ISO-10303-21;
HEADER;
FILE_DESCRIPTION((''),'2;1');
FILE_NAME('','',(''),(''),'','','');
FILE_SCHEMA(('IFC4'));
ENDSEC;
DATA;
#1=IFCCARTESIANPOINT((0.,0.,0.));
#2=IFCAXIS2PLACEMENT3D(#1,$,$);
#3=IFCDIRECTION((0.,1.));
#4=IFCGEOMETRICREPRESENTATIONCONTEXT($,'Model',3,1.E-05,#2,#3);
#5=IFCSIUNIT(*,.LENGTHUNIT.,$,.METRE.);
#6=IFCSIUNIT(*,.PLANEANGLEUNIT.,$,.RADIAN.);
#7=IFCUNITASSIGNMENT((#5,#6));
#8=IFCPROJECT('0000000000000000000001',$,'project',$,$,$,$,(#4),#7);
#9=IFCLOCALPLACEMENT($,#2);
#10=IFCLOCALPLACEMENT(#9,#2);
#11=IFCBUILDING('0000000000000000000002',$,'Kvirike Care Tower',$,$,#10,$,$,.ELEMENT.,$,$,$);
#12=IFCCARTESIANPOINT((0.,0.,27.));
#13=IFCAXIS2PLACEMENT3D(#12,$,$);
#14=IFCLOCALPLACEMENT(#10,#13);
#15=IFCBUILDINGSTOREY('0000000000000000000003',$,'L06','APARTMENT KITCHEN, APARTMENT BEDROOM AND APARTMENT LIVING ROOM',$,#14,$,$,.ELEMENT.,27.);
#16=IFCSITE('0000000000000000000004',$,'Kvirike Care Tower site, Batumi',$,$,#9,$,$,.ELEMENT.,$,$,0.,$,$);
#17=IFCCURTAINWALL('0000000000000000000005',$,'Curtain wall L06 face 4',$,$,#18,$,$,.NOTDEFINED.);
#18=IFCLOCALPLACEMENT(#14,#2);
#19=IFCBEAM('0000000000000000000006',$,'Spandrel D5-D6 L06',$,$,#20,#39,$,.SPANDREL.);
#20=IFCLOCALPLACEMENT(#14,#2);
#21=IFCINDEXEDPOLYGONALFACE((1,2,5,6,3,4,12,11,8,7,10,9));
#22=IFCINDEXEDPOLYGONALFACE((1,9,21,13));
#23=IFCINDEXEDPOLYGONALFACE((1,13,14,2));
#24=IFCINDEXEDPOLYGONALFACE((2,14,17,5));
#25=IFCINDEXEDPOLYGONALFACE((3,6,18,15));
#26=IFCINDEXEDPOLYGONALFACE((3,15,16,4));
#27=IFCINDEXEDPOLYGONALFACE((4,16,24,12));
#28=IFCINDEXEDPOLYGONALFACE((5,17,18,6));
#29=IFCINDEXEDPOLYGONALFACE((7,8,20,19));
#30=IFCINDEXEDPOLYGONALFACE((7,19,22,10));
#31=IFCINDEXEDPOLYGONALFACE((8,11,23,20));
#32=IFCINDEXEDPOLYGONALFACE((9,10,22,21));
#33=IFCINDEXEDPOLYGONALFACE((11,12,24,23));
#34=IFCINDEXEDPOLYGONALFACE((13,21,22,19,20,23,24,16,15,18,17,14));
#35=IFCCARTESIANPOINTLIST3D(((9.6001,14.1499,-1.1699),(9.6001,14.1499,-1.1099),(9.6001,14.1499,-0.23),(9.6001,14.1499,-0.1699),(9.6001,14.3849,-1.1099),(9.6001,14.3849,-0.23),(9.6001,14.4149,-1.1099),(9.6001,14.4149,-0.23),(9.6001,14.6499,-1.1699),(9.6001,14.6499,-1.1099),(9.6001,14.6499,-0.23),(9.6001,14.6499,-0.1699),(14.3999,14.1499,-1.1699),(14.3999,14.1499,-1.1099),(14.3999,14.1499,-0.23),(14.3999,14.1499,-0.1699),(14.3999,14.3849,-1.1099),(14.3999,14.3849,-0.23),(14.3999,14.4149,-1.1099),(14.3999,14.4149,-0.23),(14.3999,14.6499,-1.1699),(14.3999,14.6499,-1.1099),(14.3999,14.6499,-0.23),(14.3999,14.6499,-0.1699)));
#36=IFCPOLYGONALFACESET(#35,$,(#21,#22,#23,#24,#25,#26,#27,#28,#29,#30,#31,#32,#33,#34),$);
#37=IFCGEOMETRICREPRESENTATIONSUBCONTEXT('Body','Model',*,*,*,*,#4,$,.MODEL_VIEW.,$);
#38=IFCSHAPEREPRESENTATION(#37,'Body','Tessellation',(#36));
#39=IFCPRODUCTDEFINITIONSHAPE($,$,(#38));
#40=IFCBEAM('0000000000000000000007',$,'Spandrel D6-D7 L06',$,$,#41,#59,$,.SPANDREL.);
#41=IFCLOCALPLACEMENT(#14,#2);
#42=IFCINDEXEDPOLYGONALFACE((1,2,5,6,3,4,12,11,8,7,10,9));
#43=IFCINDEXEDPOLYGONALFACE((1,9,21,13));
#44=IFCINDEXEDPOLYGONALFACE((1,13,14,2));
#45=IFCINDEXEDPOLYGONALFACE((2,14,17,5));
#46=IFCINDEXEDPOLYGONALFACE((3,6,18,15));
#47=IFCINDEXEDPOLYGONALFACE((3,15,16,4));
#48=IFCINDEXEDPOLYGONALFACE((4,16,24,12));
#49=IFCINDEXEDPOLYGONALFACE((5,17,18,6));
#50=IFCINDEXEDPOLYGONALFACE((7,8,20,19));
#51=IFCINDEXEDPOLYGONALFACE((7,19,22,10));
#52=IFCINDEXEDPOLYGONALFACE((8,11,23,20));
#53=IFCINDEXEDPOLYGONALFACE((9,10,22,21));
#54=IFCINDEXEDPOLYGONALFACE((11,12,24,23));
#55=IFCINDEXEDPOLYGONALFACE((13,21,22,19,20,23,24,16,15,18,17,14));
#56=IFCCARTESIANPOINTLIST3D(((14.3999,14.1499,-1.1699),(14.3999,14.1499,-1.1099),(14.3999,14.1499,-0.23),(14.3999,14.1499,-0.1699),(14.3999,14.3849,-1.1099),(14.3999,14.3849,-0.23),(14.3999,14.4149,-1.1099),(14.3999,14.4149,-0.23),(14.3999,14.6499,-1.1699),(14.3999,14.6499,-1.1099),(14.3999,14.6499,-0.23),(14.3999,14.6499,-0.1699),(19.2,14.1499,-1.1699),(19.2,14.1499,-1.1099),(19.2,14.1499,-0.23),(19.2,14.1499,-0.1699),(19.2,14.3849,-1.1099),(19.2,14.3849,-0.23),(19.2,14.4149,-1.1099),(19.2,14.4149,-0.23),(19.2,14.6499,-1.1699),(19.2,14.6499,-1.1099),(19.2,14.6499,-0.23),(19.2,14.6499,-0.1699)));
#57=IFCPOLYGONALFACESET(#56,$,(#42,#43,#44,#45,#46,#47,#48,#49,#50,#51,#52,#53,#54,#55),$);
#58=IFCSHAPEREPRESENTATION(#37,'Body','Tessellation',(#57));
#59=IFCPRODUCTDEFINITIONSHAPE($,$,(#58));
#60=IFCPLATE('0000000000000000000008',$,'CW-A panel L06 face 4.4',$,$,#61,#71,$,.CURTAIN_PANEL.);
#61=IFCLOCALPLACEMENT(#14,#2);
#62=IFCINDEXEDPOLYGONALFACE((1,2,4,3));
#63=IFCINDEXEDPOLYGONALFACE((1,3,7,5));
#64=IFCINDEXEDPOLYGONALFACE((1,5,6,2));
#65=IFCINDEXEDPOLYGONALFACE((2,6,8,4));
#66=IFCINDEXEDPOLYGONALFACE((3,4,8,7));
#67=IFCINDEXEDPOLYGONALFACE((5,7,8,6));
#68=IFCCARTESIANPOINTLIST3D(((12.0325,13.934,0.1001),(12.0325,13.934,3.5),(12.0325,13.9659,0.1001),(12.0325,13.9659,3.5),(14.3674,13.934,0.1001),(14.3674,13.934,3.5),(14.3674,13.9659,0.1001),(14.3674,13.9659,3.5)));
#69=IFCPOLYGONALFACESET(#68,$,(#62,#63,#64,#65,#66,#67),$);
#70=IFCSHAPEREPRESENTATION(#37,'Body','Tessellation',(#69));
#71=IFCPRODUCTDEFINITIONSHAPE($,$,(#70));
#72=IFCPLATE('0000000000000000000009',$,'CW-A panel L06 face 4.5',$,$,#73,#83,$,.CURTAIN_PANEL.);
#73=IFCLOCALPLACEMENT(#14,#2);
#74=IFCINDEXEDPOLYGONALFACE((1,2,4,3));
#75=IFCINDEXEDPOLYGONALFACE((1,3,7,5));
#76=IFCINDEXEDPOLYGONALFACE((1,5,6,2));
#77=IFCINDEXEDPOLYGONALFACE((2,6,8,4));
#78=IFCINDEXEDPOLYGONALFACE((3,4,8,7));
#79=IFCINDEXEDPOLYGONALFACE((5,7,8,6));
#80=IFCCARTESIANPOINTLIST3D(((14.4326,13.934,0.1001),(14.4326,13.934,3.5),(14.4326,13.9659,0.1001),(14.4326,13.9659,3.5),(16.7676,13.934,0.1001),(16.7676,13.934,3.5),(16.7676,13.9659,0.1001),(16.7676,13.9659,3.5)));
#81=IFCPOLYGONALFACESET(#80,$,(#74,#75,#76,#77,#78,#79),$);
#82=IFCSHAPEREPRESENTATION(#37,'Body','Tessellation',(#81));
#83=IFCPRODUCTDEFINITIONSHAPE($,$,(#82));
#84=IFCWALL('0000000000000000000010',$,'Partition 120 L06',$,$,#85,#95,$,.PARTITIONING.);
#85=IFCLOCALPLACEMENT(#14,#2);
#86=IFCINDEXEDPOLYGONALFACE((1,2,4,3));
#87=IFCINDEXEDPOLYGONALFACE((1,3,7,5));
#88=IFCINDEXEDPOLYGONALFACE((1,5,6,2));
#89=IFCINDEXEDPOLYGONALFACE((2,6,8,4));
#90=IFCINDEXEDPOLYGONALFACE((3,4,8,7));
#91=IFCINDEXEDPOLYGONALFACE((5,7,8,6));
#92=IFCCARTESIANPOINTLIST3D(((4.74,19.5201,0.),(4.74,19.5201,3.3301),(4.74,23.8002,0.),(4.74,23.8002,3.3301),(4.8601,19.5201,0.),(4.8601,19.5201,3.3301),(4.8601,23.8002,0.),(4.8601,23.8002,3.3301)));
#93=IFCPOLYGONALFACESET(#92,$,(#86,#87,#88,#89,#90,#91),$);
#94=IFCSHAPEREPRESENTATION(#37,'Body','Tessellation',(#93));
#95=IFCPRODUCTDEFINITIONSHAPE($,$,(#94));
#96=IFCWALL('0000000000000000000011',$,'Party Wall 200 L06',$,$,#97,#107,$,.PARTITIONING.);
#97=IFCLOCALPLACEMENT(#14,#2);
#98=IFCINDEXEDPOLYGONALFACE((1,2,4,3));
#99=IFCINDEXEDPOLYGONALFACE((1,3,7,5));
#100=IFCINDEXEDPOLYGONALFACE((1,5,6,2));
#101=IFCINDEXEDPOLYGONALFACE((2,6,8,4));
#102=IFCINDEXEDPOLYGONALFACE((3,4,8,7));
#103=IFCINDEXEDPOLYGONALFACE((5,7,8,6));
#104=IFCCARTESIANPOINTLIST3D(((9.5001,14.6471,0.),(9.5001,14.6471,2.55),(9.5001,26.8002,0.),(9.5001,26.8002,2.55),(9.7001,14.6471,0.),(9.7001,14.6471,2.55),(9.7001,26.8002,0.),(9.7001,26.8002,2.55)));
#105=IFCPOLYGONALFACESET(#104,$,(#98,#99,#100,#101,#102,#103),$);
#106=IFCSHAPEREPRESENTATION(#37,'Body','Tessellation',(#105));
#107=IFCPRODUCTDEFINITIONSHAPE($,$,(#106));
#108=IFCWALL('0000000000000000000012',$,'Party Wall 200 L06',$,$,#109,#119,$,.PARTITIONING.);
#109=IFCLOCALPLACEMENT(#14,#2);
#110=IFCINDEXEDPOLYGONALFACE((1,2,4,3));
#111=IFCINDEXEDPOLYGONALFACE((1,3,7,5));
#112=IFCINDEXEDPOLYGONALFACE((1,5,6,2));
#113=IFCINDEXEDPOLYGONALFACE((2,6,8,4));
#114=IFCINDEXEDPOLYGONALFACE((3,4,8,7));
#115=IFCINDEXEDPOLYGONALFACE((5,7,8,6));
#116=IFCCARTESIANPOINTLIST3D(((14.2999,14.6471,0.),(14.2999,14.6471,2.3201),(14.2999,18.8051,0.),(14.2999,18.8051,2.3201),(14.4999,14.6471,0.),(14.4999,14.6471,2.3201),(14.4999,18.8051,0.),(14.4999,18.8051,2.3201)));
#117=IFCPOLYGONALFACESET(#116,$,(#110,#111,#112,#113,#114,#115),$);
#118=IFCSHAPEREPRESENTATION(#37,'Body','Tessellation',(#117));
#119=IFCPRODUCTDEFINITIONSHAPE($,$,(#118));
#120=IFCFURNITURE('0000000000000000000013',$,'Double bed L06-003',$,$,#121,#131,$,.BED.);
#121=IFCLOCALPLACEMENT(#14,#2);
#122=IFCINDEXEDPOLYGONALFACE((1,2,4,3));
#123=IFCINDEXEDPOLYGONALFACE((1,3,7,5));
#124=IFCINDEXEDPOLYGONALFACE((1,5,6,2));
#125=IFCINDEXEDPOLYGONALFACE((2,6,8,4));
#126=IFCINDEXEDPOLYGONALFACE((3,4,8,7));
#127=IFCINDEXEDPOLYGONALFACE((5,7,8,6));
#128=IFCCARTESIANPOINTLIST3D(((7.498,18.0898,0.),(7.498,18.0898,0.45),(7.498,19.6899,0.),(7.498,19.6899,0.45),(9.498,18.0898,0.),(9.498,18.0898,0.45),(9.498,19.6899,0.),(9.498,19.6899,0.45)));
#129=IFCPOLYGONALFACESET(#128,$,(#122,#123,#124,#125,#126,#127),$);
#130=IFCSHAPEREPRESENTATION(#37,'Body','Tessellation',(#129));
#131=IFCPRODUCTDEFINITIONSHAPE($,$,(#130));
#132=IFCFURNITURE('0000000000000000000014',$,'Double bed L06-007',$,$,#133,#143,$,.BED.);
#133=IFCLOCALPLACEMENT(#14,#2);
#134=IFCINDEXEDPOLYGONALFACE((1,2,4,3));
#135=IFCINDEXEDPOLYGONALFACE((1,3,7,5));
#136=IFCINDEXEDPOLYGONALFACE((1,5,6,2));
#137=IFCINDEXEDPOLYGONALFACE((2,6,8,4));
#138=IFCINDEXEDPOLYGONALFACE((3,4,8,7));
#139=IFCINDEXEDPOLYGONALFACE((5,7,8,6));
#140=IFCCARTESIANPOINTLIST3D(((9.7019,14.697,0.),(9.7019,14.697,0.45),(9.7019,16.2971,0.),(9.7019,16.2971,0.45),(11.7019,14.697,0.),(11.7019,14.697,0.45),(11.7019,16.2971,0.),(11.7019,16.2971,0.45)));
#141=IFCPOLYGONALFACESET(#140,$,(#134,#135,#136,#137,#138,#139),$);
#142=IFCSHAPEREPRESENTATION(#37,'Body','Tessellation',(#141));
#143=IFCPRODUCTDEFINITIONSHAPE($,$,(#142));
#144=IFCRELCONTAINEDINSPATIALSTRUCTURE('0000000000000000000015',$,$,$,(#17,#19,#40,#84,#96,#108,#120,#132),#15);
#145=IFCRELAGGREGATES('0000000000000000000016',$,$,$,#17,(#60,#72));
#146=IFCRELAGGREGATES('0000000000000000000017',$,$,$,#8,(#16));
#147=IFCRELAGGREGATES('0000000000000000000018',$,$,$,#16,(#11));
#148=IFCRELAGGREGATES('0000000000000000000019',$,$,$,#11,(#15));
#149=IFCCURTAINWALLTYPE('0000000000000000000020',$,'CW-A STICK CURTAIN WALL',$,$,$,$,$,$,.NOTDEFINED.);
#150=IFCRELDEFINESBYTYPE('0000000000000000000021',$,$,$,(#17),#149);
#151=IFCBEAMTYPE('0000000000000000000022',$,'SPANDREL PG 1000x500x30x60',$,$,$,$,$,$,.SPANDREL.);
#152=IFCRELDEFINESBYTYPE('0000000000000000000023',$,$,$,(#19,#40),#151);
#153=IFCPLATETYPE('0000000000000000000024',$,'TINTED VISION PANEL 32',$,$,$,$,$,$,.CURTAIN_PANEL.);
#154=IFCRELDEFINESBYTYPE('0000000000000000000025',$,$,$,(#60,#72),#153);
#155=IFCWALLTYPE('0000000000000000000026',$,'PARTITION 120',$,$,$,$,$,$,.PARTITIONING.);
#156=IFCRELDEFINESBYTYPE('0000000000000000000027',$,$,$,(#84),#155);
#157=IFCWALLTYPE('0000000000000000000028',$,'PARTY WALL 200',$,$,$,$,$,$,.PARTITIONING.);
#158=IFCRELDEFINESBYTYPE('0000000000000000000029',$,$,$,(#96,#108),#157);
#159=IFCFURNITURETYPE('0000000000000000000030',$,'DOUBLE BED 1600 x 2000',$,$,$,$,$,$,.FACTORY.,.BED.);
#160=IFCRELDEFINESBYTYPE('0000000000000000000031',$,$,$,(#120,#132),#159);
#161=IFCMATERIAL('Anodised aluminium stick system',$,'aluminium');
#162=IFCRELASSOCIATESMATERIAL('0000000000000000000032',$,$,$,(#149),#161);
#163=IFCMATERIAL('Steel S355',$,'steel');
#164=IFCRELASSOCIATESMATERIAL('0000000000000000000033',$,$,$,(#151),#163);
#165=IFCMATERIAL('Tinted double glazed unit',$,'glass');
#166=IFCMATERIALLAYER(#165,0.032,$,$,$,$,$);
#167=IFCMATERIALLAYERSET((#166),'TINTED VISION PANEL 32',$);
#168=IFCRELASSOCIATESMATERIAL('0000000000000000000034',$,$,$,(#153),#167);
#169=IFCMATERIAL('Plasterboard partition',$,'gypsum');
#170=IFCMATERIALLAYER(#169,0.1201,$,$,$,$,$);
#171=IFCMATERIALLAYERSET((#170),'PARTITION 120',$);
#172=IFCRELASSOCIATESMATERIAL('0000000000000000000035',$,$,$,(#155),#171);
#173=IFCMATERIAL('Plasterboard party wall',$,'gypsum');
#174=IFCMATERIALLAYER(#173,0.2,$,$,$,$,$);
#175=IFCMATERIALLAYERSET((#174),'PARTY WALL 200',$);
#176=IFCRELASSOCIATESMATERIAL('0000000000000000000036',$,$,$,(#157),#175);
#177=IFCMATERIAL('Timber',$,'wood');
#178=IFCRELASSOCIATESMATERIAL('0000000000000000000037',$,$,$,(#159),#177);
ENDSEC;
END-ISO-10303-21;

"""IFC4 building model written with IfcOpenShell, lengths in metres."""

from ifc_helpers import new_model, si_unit, direction, frame, frame_2d, origin, origin_2d, place, context, subcontext, project, spatial, rectangle, i_section, extrude, material, layer, layer_set, material_profile, profile_set, type_object, element, aggregate, save


model = new_model("IFC4")

# Units and contexts
model_context = context("Model", 3, precision=1e-05, world=origin(), true_north=direction((0.0, 1.0)))
body_context = subcontext(model_context, "Body", "Model", "MODEL_VIEW")
ifc_project = project(units=[si_unit("LENGTHUNIT", "METRE"), si_unit("PLANEANGLEUNIT", "RADIAN")], contexts=[model_context])

# Site, building, storey
site_placement = place(None, origin())
site = spatial("IfcSite", under=ifc_project, at=site_placement, Name="Kvirike Care Tower site, Batumi", CompositionType="ELEMENT", RefElevation=0.0)
building_placement = place(site_placement, origin())
building = spatial("IfcBuilding", under=site, at=building_placement, Name="Kvirike Care Tower", CompositionType="ELEMENT")
storey_placement = place(building_placement, frame((0.0, 0.0, 27.0)))
storey = spatial("IfcBuildingStorey", under=building, at=storey_placement, Name="L06", Description="APARTMENT KITCHEN, APARTMENT BEDROOM AND APARTMENT LIVING ROOM", CompositionType="ELEMENT", Elevation=27.0)

# Curtain wall
ifc_material_1 = material(Name="Anodised aluminium stick system", Category="aluminium")
curtain_wall_type = type_object("IfcCurtainWallType", Name="CW-A STICK CURTAIN WALL", PredefinedType="NOTDEFINED", material=ifc_material_1)
curtain_wall_placement = place(storey_placement, origin())
curtain_wall = element("IfcCurtainWall", 1, at=curtain_wall_placement, inside=storey, type_object=curtain_wall_type, Name="Curtain wall L06 face 4", PredefinedType="NOTDEFINED")

# Beams
ifc_material_2 = material(Name="Steel S355", Category="steel")
ifc_material_profile_1 = material_profile(ifc_material_2, i_section(OverallWidth=0.5, OverallDepth=1.0, WebThickness=0.03, FlangeThickness=0.0601, at=origin_2d()), Name="PG 1000x500x30x60")
ifc_profile_set_1 = profile_set([ifc_material_profile_1], Name="Steel S355")
beam_type_1 = type_object("IfcBeamType", Name="SPANDREL PG 1000x500x30x60", PredefinedType="SPANDREL", material=ifc_profile_set_1)
beam_1_placement = place(storey_placement, frame((9.6001, 14.3999, -0.6699), z_axis=(1.0, 0.0, 0.0), x_axis=(0.0, 1.0, 0.0)))
element("IfcBeam", 2, at=beam_1_placement, inside=storey, type_object=beam_type_1, Name="Spandrel D5-D6 L06", PredefinedType="SPANDREL", context=body_context, shape_type="SweptSolid", body=[
    extrude(i_section(OverallWidth=0.5, OverallDepth=1.0, WebThickness=0.03, FlangeThickness=0.0601, at=origin_2d()), origin(), (0.0, 0.0, 1.0), 4.7998),
])
beam_2_placement = place(storey_placement, frame((14.3999, 14.3999, -0.6699), z_axis=(1.0, 0.0, 0.0), x_axis=(0.0, 1.0, 0.0)))
element("IfcBeam", 3, at=beam_2_placement, inside=storey, type_object=beam_type_1, Name="Spandrel D6-D7 L06", PredefinedType="SPANDREL", context=body_context, shape_type="SweptSolid", body=[
    extrude(i_section(OverallWidth=0.5, OverallDepth=1.0, WebThickness=0.03, FlangeThickness=0.0601, at=origin_2d()), origin(), (0.0, 0.0, 1.0), 4.8),
])

# Plates
ifc_material_3 = material(Name="Tinted double glazed unit", Category="glass")
ifc_layer_1 = layer(ifc_material_3, 0.032)
ifc_layer_set_1 = layer_set([ifc_layer_1], Name="TINTED VISION PANEL 32")
plate_type = type_object("IfcPlateType", Name="TINTED VISION PANEL 32", PredefinedType="CURTAIN_PANEL", material=ifc_layer_set_1)
plate_1_placement = place(storey_placement, frame((13.2, 13.95, 0.1001), z_axis=(0.0, 0.0, 1.0), x_axis=(1.0, 0.0, 0.0)))
plate_1 = element("IfcPlate", 4, at=plate_1_placement, type_object=plate_type, Name="CW-A panel L06 face 4.4", PredefinedType="CURTAIN_PANEL", context=body_context, shape_type="SweptSolid", body=[
    extrude(rectangle(XDim=2.335, YDim=0.032, at=origin_2d()), origin(), (0.0, 0.0, 1.0), 3.3999),
])
plate_2_placement = place(storey_placement, frame((15.6001, 13.95, 0.1001), z_axis=(0.0, 0.0, 1.0), x_axis=(1.0, 0.0, 0.0)))
plate_2 = element("IfcPlate", 5, at=plate_2_placement, type_object=plate_type, Name="CW-A panel L06 face 4.5", PredefinedType="CURTAIN_PANEL", context=body_context, shape_type="SweptSolid", body=[
    extrude(rectangle(XDim=2.335, YDim=0.032, at=origin_2d()), origin(), (0.0, 0.0, 1.0), 3.3999),
])
aggregate(curtain_wall, [plate_1, plate_2])

# Walls
ifc_material_4 = material(Name="Plasterboard partition", Category="gypsum")
ifc_layer_2 = layer(ifc_material_4, 0.1201)
ifc_layer_set_2 = layer_set([ifc_layer_2], Name="PARTITION 120")
wall_type_1 = type_object("IfcWallType", Name="PARTITION 120", PredefinedType="PARTITIONING", material=ifc_layer_set_2)
wall_1_placement = place(storey_placement, frame((4.8, 19.52, 0.0), z_axis=(0.0, 0.0, 1.0), x_axis=(0.0, 1.0, 0.0)))
element("IfcWall", 6, at=wall_1_placement, inside=storey, type_object=wall_type_1, Name="Partition 120 L06", PredefinedType="PARTITIONING", context=body_context, shape_type="SweptSolid", body=[
    extrude(rectangle(XDim=4.28, YDim=0.1201, at=frame_2d((2.1401, 0.0))), origin(), (0.0, 0.0, 1.0), 3.3301),
])
ifc_material_5 = material(Name="Plasterboard party wall", Category="gypsum")
ifc_layer_3 = layer(ifc_material_5, 0.2)
ifc_layer_set_3 = layer_set([ifc_layer_3], Name="PARTY WALL 200")
wall_type_2 = type_object("IfcWallType", Name="PARTY WALL 200", PredefinedType="PARTITIONING", material=ifc_layer_set_3)
wall_2_placement = place(storey_placement, frame((9.6001, 14.647, 0.0), z_axis=(0.0, 0.0, 1.0), x_axis=(0.0, 1.0, 0.0)))
element("IfcWall", 7, at=wall_2_placement, inside=storey, type_object=wall_type_2, Name="Party Wall 200 L06", PredefinedType="PARTITIONING", context=body_context, shape_type="SweptSolid", body=[
    extrude(rectangle(XDim=12.1531, YDim=0.2, at=frame_2d((6.0767, 0.0))), origin(), (0.0, 0.0, 1.0), 2.55),
])
wall_3_placement = place(storey_placement, frame((14.3999, 14.647, 0.0), z_axis=(0.0, 0.0, 1.0), x_axis=(0.0, 1.0, 0.0)))
element("IfcWall", 8, at=wall_3_placement, inside=storey, type_object=wall_type_2, Name="Party Wall 200 L06", PredefinedType="PARTITIONING", context=body_context, shape_type="SweptSolid", body=[
    extrude(rectangle(XDim=4.158, YDim=0.2, at=frame_2d((2.0791, 0.0))), origin(), (0.0, 0.0, 1.0), 2.3201),
])

# Furniture
ifc_material_6 = material(Name="Timber", Category="wood")
furniture_type = type_object("IfcFurnitureType", Name="DOUBLE BED 1600 x 2000", AssemblyPlace="FACTORY", PredefinedType="BED", material=ifc_material_6)
for number, where, z_axis, x_axis, name in (
    (9, (8.498, 18.8899, 0.0), (0.0, 0.0, 1.0), (0.0, -1.0, 0.0), "Double bed L06-003"),
    (10, (10.7019, 15.4971, 0.0), (0.0, 0.0, 1.0), (0.0, 1.0, 0.0), "Double bed L06-007"),
):
    element("IfcFurniture", number, at=place(storey_placement, frame(where, z_axis=z_axis, x_axis=x_axis)), inside=storey, type_object=furniture_type, Name=name, PredefinedType="BED", context=body_context, shape_type="SweptSolid", body=[
        extrude(rectangle(XDim=1.6001, YDim=2.0, at=origin_2d()), origin(), (0.0, 0.0, 1.0), 0.45),
    ])

save(model, "model.ifc")
